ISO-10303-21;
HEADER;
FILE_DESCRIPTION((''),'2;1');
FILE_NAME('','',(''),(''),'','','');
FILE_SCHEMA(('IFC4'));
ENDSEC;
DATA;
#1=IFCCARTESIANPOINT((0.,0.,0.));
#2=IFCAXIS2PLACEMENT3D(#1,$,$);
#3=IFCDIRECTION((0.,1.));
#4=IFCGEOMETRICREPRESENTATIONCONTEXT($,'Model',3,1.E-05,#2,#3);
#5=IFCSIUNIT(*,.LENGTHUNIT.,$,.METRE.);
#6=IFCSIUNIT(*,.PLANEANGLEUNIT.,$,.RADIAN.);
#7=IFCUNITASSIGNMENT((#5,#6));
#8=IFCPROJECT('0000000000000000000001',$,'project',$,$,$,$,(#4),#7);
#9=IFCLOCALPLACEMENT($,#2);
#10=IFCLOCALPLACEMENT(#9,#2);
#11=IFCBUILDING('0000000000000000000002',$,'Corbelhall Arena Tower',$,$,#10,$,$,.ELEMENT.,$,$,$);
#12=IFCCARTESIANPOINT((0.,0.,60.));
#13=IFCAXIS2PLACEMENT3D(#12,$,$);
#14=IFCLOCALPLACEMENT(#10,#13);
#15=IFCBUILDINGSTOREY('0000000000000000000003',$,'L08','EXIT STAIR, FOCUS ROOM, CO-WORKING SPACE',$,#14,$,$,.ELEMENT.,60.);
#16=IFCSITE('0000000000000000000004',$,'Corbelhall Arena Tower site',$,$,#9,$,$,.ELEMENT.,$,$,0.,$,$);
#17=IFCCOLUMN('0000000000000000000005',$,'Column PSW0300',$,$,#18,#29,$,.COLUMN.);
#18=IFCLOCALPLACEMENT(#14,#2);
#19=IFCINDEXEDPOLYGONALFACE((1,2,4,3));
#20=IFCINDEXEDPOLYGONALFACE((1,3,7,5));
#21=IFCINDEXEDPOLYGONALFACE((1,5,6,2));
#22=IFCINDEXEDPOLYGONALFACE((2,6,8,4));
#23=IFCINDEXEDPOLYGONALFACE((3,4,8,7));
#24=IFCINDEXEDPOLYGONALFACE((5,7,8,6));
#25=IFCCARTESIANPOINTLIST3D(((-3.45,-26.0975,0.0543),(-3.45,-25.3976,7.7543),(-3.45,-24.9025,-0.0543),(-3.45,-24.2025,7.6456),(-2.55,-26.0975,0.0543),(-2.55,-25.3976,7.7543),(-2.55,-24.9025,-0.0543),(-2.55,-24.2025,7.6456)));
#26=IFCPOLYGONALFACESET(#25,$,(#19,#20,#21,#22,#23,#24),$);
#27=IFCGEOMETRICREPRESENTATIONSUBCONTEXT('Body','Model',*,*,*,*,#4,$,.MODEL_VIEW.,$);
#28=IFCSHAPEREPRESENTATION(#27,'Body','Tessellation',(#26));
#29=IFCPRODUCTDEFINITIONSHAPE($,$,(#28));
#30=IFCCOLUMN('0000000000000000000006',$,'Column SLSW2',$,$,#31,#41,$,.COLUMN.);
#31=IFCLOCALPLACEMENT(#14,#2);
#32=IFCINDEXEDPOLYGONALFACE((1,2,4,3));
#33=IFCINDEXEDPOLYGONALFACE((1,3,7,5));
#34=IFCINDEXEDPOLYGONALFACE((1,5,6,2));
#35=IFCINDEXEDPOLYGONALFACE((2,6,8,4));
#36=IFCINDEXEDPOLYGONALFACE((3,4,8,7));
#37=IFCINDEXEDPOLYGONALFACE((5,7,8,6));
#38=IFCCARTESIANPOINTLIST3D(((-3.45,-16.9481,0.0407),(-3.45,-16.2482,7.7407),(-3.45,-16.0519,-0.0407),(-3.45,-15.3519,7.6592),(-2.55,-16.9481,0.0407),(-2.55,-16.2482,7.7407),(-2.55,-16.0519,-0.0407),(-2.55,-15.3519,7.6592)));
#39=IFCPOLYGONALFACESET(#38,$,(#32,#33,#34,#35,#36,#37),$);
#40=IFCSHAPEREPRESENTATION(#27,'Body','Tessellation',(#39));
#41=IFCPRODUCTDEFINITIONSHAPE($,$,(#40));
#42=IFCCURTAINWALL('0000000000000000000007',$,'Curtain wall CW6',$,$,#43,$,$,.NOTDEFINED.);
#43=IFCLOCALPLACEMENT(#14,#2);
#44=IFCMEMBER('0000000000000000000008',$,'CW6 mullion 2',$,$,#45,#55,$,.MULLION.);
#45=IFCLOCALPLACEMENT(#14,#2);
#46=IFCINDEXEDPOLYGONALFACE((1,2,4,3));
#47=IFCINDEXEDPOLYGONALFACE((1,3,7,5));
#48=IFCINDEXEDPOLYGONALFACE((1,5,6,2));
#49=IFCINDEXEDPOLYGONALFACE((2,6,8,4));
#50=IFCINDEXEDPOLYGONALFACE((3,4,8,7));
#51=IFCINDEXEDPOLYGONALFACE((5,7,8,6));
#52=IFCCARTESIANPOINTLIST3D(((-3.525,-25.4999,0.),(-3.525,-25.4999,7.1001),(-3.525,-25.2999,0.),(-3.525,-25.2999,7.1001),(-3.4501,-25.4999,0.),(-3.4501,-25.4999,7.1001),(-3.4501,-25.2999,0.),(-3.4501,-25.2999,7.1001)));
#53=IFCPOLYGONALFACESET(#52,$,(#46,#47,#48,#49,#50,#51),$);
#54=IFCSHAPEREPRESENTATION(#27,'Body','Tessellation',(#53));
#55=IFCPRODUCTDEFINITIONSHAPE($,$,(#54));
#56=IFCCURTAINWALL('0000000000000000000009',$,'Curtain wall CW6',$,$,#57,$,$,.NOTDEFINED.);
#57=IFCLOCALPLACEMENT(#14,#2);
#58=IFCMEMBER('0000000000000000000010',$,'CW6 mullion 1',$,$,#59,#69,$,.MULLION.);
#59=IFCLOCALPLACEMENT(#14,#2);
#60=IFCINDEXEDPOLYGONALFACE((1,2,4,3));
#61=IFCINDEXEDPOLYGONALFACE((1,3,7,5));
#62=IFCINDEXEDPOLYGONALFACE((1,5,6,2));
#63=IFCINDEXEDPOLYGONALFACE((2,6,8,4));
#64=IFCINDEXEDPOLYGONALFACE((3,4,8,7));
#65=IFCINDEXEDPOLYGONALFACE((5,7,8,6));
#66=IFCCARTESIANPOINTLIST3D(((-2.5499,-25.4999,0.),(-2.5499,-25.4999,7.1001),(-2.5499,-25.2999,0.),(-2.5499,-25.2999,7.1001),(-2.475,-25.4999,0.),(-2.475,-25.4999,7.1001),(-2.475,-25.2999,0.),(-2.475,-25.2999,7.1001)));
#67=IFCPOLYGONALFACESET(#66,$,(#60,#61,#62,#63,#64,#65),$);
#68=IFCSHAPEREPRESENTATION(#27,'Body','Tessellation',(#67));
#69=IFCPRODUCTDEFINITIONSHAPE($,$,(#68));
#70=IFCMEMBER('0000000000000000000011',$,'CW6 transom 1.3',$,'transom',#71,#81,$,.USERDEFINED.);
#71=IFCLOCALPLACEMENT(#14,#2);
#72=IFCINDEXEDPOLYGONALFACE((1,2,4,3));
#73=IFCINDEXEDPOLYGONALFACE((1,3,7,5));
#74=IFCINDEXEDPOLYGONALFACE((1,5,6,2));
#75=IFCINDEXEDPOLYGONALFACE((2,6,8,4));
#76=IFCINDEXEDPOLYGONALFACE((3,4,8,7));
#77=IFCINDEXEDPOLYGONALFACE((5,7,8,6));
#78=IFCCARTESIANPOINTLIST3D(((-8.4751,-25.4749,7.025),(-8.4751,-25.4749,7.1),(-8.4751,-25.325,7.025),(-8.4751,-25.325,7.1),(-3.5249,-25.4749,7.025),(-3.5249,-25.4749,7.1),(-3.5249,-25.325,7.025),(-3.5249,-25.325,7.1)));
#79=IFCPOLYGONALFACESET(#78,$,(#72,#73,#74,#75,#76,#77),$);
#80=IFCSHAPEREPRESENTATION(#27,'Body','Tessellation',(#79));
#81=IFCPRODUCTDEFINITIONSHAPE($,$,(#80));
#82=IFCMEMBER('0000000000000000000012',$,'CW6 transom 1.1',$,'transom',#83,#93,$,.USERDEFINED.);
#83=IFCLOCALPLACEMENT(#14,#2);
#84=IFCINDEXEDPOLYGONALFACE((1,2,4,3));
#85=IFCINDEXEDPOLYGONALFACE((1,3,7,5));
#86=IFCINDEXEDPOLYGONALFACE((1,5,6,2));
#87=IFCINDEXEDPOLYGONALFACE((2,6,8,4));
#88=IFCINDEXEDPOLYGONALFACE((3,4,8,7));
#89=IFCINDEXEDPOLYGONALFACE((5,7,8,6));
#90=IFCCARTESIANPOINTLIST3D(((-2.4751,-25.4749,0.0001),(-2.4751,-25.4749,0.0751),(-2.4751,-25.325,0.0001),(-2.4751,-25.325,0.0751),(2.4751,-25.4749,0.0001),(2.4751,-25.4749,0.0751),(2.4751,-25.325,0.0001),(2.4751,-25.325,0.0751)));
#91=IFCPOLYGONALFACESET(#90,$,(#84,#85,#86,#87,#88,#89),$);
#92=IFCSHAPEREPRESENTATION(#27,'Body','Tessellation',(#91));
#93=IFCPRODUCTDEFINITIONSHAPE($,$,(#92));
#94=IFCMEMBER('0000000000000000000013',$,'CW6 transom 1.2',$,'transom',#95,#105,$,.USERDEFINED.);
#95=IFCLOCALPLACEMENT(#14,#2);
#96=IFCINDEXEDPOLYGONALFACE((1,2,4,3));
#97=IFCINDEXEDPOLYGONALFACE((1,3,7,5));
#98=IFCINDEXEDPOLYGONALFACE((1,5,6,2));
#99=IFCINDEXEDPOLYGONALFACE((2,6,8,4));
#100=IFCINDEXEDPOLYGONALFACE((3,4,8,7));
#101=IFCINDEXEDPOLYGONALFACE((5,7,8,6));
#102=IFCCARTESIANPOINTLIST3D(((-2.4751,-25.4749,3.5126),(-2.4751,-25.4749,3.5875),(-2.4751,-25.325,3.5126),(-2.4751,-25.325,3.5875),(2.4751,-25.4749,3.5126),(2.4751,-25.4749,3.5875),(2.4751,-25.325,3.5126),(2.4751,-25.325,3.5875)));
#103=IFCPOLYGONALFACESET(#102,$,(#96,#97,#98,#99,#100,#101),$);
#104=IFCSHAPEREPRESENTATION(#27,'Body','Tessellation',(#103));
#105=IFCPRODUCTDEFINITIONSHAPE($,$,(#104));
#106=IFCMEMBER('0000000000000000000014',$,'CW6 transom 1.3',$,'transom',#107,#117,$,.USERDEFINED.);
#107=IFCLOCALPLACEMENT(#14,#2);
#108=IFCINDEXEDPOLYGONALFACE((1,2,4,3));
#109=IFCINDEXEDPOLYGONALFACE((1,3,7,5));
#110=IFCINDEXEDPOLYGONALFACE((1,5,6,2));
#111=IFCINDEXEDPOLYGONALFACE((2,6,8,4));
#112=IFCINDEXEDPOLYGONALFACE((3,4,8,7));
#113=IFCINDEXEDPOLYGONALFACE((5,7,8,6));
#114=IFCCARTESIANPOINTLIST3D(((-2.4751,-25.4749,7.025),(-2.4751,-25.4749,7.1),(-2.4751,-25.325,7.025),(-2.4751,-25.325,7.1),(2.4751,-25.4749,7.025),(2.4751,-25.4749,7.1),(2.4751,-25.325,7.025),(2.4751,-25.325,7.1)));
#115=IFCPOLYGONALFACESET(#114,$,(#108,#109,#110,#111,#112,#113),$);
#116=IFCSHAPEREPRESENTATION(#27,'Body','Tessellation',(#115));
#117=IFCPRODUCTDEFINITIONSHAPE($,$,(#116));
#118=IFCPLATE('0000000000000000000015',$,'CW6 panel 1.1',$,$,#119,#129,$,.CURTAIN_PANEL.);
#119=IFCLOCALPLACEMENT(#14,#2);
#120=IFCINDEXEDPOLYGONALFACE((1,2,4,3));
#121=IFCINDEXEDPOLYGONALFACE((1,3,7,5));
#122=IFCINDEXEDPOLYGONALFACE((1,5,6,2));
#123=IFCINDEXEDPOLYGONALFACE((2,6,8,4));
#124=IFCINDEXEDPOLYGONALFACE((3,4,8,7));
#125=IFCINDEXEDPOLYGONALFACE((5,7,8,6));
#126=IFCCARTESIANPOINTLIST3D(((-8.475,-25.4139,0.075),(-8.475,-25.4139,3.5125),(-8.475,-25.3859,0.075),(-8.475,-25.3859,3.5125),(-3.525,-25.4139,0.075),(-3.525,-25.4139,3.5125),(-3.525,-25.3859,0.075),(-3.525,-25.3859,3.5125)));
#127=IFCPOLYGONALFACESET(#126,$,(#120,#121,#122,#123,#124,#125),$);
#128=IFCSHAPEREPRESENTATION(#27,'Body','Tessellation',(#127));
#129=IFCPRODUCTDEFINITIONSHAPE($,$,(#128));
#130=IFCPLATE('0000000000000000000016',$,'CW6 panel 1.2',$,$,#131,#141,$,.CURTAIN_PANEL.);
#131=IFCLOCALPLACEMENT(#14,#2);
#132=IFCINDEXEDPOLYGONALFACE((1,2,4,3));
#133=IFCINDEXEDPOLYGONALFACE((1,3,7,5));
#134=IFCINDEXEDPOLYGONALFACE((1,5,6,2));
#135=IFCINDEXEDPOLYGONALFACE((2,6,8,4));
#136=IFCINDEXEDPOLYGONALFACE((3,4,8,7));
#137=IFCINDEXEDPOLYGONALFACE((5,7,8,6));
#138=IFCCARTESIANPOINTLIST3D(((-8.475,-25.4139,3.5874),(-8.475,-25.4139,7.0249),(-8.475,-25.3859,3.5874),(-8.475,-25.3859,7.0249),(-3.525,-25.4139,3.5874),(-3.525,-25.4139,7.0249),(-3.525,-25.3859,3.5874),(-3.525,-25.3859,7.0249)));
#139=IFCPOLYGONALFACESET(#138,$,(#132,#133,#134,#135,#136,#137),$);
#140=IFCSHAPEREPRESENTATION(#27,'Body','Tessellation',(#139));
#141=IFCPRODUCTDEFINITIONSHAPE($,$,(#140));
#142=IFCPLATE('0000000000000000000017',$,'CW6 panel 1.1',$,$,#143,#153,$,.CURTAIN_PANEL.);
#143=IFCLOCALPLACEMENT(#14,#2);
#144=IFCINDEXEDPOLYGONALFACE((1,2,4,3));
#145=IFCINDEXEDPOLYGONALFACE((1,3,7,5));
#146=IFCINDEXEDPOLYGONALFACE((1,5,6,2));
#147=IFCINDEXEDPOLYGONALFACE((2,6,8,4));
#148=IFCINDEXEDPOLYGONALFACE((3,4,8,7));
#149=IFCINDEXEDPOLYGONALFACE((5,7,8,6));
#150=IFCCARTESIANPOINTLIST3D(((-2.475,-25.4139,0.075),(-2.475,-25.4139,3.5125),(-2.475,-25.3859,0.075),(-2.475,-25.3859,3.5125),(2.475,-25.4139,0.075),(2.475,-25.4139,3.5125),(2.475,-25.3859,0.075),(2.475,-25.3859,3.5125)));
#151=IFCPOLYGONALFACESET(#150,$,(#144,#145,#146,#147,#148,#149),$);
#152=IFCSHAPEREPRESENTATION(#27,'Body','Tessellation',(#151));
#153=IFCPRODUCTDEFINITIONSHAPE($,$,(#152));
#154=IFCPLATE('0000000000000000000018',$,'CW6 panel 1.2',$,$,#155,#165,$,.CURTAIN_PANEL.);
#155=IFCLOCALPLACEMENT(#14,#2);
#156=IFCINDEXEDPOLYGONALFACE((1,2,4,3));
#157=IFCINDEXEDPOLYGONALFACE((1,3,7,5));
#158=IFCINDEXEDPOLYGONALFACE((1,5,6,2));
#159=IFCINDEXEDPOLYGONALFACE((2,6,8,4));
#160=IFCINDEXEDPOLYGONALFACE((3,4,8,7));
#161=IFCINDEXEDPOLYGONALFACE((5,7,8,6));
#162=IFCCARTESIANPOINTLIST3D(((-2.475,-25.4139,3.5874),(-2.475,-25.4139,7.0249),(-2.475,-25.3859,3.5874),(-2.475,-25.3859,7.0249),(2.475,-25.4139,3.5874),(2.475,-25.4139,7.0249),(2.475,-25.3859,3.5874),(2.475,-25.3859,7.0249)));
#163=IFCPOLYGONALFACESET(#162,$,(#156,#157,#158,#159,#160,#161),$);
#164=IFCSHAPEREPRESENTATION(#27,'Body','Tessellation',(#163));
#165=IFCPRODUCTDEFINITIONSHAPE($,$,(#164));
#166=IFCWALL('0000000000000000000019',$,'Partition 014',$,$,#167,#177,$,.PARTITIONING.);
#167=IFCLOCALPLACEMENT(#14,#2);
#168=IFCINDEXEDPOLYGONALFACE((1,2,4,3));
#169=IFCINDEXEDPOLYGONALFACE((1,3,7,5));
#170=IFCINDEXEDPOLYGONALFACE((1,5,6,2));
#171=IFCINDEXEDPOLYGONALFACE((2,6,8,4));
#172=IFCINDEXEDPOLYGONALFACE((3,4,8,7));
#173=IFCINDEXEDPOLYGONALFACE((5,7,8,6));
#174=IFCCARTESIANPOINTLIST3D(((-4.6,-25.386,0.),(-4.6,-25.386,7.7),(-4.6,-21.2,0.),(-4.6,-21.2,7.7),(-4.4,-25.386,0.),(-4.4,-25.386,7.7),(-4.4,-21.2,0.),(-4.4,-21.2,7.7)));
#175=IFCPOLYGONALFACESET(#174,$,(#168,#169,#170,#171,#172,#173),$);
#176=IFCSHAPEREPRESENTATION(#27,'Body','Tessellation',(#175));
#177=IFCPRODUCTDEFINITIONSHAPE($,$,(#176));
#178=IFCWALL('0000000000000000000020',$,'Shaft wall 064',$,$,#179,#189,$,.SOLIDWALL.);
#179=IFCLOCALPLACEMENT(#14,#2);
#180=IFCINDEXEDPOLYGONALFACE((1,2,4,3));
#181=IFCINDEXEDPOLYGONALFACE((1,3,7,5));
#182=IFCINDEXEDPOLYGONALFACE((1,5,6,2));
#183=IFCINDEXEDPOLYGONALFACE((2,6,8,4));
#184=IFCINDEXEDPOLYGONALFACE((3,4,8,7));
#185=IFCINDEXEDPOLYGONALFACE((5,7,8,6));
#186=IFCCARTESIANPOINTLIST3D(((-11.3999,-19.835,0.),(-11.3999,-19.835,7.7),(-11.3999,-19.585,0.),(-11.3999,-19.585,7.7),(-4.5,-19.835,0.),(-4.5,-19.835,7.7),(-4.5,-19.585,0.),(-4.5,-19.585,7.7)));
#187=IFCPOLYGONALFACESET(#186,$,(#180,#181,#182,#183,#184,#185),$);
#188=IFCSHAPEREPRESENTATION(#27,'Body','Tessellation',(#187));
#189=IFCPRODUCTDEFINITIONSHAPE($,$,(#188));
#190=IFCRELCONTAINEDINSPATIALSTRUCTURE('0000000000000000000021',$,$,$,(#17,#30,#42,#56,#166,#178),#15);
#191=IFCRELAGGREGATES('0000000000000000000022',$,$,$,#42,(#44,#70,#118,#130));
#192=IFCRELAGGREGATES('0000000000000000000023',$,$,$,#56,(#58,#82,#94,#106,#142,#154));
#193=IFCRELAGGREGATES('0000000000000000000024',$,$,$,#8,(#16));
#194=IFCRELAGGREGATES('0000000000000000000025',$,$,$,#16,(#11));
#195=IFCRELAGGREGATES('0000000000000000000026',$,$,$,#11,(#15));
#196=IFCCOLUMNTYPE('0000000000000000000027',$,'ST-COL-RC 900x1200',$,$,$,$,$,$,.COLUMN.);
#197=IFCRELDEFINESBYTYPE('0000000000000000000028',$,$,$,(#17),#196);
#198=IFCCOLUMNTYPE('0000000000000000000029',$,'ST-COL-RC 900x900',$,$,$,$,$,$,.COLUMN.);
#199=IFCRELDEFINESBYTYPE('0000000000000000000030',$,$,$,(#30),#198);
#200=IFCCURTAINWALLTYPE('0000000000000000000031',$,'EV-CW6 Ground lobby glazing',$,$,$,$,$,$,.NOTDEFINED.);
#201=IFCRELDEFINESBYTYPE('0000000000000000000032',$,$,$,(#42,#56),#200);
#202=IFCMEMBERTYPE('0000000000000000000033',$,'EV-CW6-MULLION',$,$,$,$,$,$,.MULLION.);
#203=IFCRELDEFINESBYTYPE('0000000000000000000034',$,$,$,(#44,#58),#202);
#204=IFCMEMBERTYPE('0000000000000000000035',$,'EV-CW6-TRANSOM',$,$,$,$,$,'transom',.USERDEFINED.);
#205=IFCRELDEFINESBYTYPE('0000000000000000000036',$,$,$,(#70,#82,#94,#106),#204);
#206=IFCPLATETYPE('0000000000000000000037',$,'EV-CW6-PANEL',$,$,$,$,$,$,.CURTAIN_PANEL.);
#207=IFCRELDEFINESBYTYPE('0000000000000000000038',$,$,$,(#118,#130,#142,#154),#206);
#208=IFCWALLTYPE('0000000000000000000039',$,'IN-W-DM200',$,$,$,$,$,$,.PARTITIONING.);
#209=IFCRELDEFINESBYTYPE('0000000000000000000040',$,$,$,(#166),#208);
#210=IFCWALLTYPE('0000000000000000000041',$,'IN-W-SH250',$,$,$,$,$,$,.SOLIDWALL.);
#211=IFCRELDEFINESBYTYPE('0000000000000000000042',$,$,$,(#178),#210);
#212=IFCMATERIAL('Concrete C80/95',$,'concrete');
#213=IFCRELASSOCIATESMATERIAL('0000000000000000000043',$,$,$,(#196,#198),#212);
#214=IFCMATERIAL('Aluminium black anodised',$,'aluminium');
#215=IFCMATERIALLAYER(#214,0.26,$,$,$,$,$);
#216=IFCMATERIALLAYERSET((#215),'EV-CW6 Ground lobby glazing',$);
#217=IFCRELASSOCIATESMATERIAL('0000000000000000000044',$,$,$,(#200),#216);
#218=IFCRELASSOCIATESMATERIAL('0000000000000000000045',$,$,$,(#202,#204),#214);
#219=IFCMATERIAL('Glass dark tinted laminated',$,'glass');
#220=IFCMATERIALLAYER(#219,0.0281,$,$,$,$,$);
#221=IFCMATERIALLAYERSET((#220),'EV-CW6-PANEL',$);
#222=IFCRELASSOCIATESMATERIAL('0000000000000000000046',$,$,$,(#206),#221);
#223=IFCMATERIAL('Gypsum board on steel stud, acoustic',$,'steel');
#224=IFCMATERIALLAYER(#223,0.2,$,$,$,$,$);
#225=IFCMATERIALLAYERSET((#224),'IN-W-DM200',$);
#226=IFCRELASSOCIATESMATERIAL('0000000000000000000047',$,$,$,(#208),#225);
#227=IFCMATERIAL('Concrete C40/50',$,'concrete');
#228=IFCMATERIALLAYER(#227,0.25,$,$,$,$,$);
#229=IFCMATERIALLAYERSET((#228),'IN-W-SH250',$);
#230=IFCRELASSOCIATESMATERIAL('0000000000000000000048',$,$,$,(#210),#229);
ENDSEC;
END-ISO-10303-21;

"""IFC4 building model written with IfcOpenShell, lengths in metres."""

from ifc_helpers import new_model, si_unit, direction, frame, frame_2d, origin, origin_2d, place, context, subcontext, project, spatial, rectangle, extrude, material, layer, layer_set, material_profile, profile_set, type_object, element, aggregate, save


model = new_model("IFC4")

# Units and contexts
model_context = context("Model", 3, precision=1e-05, world=origin(), true_north=direction((0.0, 1.0)))
body_context = subcontext(model_context, "Body", "Model", "MODEL_VIEW")
ifc_project = project(units=[si_unit("LENGTHUNIT", "METRE"), si_unit("PLANEANGLEUNIT", "RADIAN")], contexts=[model_context])

# Site, building, storey
site_placement = place(None, origin())
site = spatial("IfcSite", under=ifc_project, at=site_placement, Name="Corbelhall Arena Tower site", CompositionType="ELEMENT", RefElevation=0.0)
building_placement = place(site_placement, origin())
building = spatial("IfcBuilding", under=site, at=building_placement, Name="Corbelhall Arena Tower", CompositionType="ELEMENT")
storey_placement = place(building_placement, frame((0.0, 0.0, 60.0)))
storey = spatial("IfcBuildingStorey", under=building, at=storey_placement, Name="L08", Description="EXIT STAIR, FOCUS ROOM, CO-WORKING SPACE", CompositionType="ELEMENT", Elevation=60.0)

# Columns
ifc_material_1 = material(Name="Concrete C80/95", Category="concrete")
ifc_material_profile_1 = material_profile(ifc_material_1, rectangle(XDim=0.8999, YDim=1.2, at=origin_2d()))
ifc_profile_set_1 = profile_set([ifc_material_profile_1], Name="Concrete C80/95")
column_type_1 = type_object("IfcColumnType", Name="ST-COL-RC 900x1200", PredefinedType="COLUMN", material=ifc_profile_set_1)
column_1_placement = place(storey_placement, frame((-3.0, -25.5, 0.0), z_axis=(0.0, 0.09053, 0.995894), x_axis=(-1.0, 0.0, 0.0)))
element("IfcColumn", 1, at=column_1_placement, inside=storey, type_object=column_type_1, Name="Column PSW0300", PredefinedType="COLUMN", context=body_context, shape_type="SweptSolid", body=[
    extrude(rectangle(XDim=0.8999, YDim=1.2, at=origin_2d()), origin(), (0.0, 0.0, 1.0), 7.7317),
])
ifc_material_profile_2 = material_profile(ifc_material_1, rectangle(XDim=0.8999, YDim=0.8999, at=origin_2d()))
ifc_profile_set_2 = profile_set([ifc_material_profile_2], Name="Concrete C80/95")
column_type_2 = type_object("IfcColumnType", Name="ST-COL-RC 900x900", PredefinedType="COLUMN", material=ifc_profile_set_2)
column_2_placement = place(storey_placement, frame((-3.0, -16.5, 0.0), z_axis=(0.0, 0.09053, 0.995894), x_axis=(-1.0, 0.0, 0.0)))
element("IfcColumn", 2, at=column_2_placement, inside=storey, type_object=column_type_2, Name="Column SLSW2", PredefinedType="COLUMN", context=body_context, shape_type="SweptSolid", body=[
    extrude(rectangle(XDim=0.8999, YDim=0.8999, at=origin_2d()), origin(), (0.0, 0.0, 1.0), 7.7317),
])

# Curtain walls, members
ifc_material_2 = material(Name="Aluminium black anodised", Category="aluminium")
ifc_layer_1 = layer(ifc_material_2, 0.26)
ifc_layer_set_1 = layer_set([ifc_layer_1], Name="EV-CW6 Ground lobby glazing")
curtain_wall_type = type_object("IfcCurtainWallType", Name="EV-CW6 Ground lobby glazing", PredefinedType="NOTDEFINED", material=ifc_layer_set_1)
curtain_wall_1_placement = place(storey_placement, origin())
curtain_wall_1 = element("IfcCurtainWall", 3, at=curtain_wall_1_placement, inside=storey, type_object=curtain_wall_type, Name="Curtain wall CW6", PredefinedType="NOTDEFINED")
ifc_material_profile_3 = material_profile(ifc_material_2, rectangle(XDim=0.2, YDim=0.075, at=origin_2d()))
ifc_profile_set_3 = profile_set([ifc_material_profile_3], Name="Aluminium black anodised")
member_type_1 = type_object("IfcMemberType", Name="EV-CW6-MULLION", PredefinedType="MULLION", material=ifc_profile_set_3)
member_1_placement = place(storey_placement, frame((-3.4875, -25.3999, 0.0), z_axis=(0.0, 0.0, 1.0), x_axis=(0.0, 1.0, 0.0)))
member_1 = element("IfcMember", 4, at=member_1_placement, type_object=member_type_1, Name="CW6 mullion 2", PredefinedType="MULLION", context=body_context, shape_type="SweptSolid", body=[
    extrude(rectangle(XDim=0.2, YDim=0.075, at=origin_2d()), origin(), (0.0, 0.0, 1.0), 7.1001),
])
curtain_wall_2_placement = place(storey_placement, origin())
curtain_wall_2 = element("IfcCurtainWall", 5, at=curtain_wall_2_placement, inside=storey, type_object=curtain_wall_type, Name="Curtain wall CW6", PredefinedType="NOTDEFINED")
member_2_placement = place(storey_placement, frame((-2.5125, -25.3999, 0.0), z_axis=(0.0, 0.0, 1.0), x_axis=(0.0, 1.0, 0.0)))
member_2 = element("IfcMember", 6, at=member_2_placement, type_object=member_type_1, Name="CW6 mullion 1", PredefinedType="MULLION", context=body_context, shape_type="SweptSolid", body=[
    extrude(rectangle(XDim=0.2, YDim=0.075, at=origin_2d()), origin(), (0.0, 0.0, 1.0), 7.1001),
])

# Members
ifc_material_profile_4 = material_profile(ifc_material_2, rectangle(XDim=0.1499, YDim=0.075, at=origin_2d()))
ifc_profile_set_4 = profile_set([ifc_material_profile_4], Name="Aluminium black anodised")
member_type_2 = type_object("IfcMemberType", Name="EV-CW6-TRANSOM", ElementType="transom", PredefinedType="USERDEFINED", material=ifc_profile_set_4)
member_3_placement = place(storey_placement, frame((-8.4751, -25.3999, 7.0625), z_axis=(1.0, 0.0, 0.0), x_axis=(0.0, 1.0, 0.0)))
member_3 = element("IfcMember", 7, at=member_3_placement, type_object=member_type_2, Name="CW6 transom 1.3", ObjectType="transom", PredefinedType="USERDEFINED", context=body_context, shape_type="SweptSolid", body=[
    extrude(rectangle(XDim=0.1499, YDim=0.075, at=origin_2d()), origin(), (0.0, 0.0, 1.0), 4.9502),
])
member_4_placement = place(storey_placement, frame((-2.4751, -25.3999, 0.0376), z_axis=(1.0, 0.0, 0.0), x_axis=(0.0, 1.0, 0.0)))
member_4 = element("IfcMember", 8, at=member_4_placement, type_object=member_type_2, Name="CW6 transom 1.1", ObjectType="transom", PredefinedType="USERDEFINED", context=body_context, shape_type="SweptSolid", body=[
    extrude(rectangle(XDim=0.1499, YDim=0.075, at=origin_2d()), origin(), (0.0, 0.0, 1.0), 4.9502),
])
member_5_placement = place(storey_placement, frame((-2.4751, -25.3999, 3.55), z_axis=(1.0, 0.0, 0.0), x_axis=(0.0, 1.0, 0.0)))
member_5 = element("IfcMember", 9, at=member_5_placement, type_object=member_type_2, Name="CW6 transom 1.2", ObjectType="transom", PredefinedType="USERDEFINED", context=body_context, shape_type="SweptSolid", body=[
    extrude(rectangle(XDim=0.1499, YDim=0.075, at=origin_2d()), origin(), (0.0, 0.0, 1.0), 4.9502),
])
member_6_placement = place(storey_placement, frame((-2.4751, -25.3999, 7.0625), z_axis=(1.0, 0.0, 0.0), x_axis=(0.0, 1.0, 0.0)))
member_6 = element("IfcMember", 10, at=member_6_placement, type_object=member_type_2, Name="CW6 transom 1.3", ObjectType="transom", PredefinedType="USERDEFINED", context=body_context, shape_type="SweptSolid", body=[
    extrude(rectangle(XDim=0.1499, YDim=0.075, at=origin_2d()), origin(), (0.0, 0.0, 1.0), 4.9502),
])

# Plates
ifc_material_3 = material(Name="Glass dark tinted laminated", Category="glass")
ifc_layer_2 = layer(ifc_material_3, 0.0281)
ifc_layer_set_2 = layer_set([ifc_layer_2], Name="EV-CW6-PANEL")
plate_type = type_object("IfcPlateType", Name="EV-CW6-PANEL", PredefinedType="CURTAIN_PANEL", material=ifc_layer_set_2)
plate_1_placement = place(storey_placement, frame((-6.0, -25.3999, 0.075), z_axis=(0.0, 0.0, 1.0), x_axis=(1.0, 0.0, 0.0)))
plate_1 = element("IfcPlate", 11, at=plate_1_placement, type_object=plate_type, Name="CW6 panel 1.1", PredefinedType="CURTAIN_PANEL", context=body_context, shape_type="SweptSolid", body=[
    extrude(rectangle(XDim=4.95, YDim=0.0281, at=origin_2d()), origin(), (0.0, 0.0, 1.0), 3.4375),
])
plate_2_placement = place(storey_placement, frame((-6.0, -25.3999, 3.5874), z_axis=(0.0, 0.0, 1.0), x_axis=(1.0, 0.0, 0.0)))
plate_2 = element("IfcPlate", 12, at=plate_2_placement, type_object=plate_type, Name="CW6 panel 1.2", PredefinedType="CURTAIN_PANEL", context=body_context, shape_type="SweptSolid", body=[
    extrude(rectangle(XDim=4.95, YDim=0.0281, at=origin_2d()), origin(), (0.0, 0.0, 1.0), 3.4375),
])
aggregate(curtain_wall_1, [member_1, member_3, plate_1, plate_2])
plate_3_placement = place(storey_placement, frame((0.0, -25.3999, 0.075), z_axis=(0.0, 0.0, 1.0), x_axis=(1.0, 0.0, 0.0)))
plate_3 = element("IfcPlate", 13, at=plate_3_placement, type_object=plate_type, Name="CW6 panel 1.1", PredefinedType="CURTAIN_PANEL", context=body_context, shape_type="SweptSolid", body=[
    extrude(rectangle(XDim=4.95, YDim=0.0281, at=origin_2d()), origin(), (0.0, 0.0, 1.0), 3.4375),
])
plate_4_placement = place(storey_placement, frame((0.0, -25.3999, 3.5874), z_axis=(0.0, 0.0, 1.0), x_axis=(1.0, 0.0, 0.0)))
plate_4 = element("IfcPlate", 14, at=plate_4_placement, type_object=plate_type, Name="CW6 panel 1.2", PredefinedType="CURTAIN_PANEL", context=body_context, shape_type="SweptSolid", body=[
    extrude(rectangle(XDim=4.95, YDim=0.0281, at=origin_2d()), origin(), (0.0, 0.0, 1.0), 3.4375),
])
aggregate(curtain_wall_2, [member_2, member_4, member_5, member_6, plate_3, plate_4])

# Wall
ifc_material_4 = material(Name="Gypsum board on steel stud, acoustic", Category="steel")
ifc_layer_3 = layer(ifc_material_4, 0.2)
ifc_layer_set_3 = layer_set([ifc_layer_3], Name="IN-W-DM200")
wall_type_1 = type_object("IfcWallType", Name="IN-W-DM200", PredefinedType="PARTITIONING", material=ifc_layer_set_3)
wall_1_placement = place(storey_placement, frame((-4.5, -25.386, 0.0), z_axis=(0.0, 0.0, 1.0), x_axis=(0.0, 1.0, 0.0)))
element("IfcWall", 15, at=wall_1_placement, inside=storey, type_object=wall_type_1, Name="Partition 014", PredefinedType="PARTITIONING", context=body_context, shape_type="SweptSolid", body=[
    extrude(rectangle(XDim=4.186, YDim=0.2, at=frame_2d((2.093, 0.0))), origin(), (0.0, 0.0, 1.0), 7.7),
])

# Wall
ifc_material_5 = material(Name="Concrete C40/50", Category="concrete")
ifc_layer_4 = layer(ifc_material_5, 0.25)
ifc_layer_set_4 = layer_set([ifc_layer_4], Name="IN-W-SH250")
wall_type_2 = type_object("IfcWallType", Name="IN-W-SH250", PredefinedType="SOLIDWALL", material=ifc_layer_set_4)
wall_2_placement = place(storey_placement, frame((-4.5, -19.71, 0.0), z_axis=(0.0, 0.0, 1.0), x_axis=(-1.0, 0.0, 0.0)))
element("IfcWall", 16, at=wall_2_placement, inside=storey, type_object=wall_type_2, Name="Shaft wall 064", PredefinedType="SOLIDWALL", context=body_context, shape_type="SweptSolid", body=[
    extrude(rectangle(XDim=6.8999, YDim=0.25, at=frame_2d((3.45, 0.0))), origin(), (0.0, 0.0, 1.0), 7.7),
])

save(model, "model.ifc")
